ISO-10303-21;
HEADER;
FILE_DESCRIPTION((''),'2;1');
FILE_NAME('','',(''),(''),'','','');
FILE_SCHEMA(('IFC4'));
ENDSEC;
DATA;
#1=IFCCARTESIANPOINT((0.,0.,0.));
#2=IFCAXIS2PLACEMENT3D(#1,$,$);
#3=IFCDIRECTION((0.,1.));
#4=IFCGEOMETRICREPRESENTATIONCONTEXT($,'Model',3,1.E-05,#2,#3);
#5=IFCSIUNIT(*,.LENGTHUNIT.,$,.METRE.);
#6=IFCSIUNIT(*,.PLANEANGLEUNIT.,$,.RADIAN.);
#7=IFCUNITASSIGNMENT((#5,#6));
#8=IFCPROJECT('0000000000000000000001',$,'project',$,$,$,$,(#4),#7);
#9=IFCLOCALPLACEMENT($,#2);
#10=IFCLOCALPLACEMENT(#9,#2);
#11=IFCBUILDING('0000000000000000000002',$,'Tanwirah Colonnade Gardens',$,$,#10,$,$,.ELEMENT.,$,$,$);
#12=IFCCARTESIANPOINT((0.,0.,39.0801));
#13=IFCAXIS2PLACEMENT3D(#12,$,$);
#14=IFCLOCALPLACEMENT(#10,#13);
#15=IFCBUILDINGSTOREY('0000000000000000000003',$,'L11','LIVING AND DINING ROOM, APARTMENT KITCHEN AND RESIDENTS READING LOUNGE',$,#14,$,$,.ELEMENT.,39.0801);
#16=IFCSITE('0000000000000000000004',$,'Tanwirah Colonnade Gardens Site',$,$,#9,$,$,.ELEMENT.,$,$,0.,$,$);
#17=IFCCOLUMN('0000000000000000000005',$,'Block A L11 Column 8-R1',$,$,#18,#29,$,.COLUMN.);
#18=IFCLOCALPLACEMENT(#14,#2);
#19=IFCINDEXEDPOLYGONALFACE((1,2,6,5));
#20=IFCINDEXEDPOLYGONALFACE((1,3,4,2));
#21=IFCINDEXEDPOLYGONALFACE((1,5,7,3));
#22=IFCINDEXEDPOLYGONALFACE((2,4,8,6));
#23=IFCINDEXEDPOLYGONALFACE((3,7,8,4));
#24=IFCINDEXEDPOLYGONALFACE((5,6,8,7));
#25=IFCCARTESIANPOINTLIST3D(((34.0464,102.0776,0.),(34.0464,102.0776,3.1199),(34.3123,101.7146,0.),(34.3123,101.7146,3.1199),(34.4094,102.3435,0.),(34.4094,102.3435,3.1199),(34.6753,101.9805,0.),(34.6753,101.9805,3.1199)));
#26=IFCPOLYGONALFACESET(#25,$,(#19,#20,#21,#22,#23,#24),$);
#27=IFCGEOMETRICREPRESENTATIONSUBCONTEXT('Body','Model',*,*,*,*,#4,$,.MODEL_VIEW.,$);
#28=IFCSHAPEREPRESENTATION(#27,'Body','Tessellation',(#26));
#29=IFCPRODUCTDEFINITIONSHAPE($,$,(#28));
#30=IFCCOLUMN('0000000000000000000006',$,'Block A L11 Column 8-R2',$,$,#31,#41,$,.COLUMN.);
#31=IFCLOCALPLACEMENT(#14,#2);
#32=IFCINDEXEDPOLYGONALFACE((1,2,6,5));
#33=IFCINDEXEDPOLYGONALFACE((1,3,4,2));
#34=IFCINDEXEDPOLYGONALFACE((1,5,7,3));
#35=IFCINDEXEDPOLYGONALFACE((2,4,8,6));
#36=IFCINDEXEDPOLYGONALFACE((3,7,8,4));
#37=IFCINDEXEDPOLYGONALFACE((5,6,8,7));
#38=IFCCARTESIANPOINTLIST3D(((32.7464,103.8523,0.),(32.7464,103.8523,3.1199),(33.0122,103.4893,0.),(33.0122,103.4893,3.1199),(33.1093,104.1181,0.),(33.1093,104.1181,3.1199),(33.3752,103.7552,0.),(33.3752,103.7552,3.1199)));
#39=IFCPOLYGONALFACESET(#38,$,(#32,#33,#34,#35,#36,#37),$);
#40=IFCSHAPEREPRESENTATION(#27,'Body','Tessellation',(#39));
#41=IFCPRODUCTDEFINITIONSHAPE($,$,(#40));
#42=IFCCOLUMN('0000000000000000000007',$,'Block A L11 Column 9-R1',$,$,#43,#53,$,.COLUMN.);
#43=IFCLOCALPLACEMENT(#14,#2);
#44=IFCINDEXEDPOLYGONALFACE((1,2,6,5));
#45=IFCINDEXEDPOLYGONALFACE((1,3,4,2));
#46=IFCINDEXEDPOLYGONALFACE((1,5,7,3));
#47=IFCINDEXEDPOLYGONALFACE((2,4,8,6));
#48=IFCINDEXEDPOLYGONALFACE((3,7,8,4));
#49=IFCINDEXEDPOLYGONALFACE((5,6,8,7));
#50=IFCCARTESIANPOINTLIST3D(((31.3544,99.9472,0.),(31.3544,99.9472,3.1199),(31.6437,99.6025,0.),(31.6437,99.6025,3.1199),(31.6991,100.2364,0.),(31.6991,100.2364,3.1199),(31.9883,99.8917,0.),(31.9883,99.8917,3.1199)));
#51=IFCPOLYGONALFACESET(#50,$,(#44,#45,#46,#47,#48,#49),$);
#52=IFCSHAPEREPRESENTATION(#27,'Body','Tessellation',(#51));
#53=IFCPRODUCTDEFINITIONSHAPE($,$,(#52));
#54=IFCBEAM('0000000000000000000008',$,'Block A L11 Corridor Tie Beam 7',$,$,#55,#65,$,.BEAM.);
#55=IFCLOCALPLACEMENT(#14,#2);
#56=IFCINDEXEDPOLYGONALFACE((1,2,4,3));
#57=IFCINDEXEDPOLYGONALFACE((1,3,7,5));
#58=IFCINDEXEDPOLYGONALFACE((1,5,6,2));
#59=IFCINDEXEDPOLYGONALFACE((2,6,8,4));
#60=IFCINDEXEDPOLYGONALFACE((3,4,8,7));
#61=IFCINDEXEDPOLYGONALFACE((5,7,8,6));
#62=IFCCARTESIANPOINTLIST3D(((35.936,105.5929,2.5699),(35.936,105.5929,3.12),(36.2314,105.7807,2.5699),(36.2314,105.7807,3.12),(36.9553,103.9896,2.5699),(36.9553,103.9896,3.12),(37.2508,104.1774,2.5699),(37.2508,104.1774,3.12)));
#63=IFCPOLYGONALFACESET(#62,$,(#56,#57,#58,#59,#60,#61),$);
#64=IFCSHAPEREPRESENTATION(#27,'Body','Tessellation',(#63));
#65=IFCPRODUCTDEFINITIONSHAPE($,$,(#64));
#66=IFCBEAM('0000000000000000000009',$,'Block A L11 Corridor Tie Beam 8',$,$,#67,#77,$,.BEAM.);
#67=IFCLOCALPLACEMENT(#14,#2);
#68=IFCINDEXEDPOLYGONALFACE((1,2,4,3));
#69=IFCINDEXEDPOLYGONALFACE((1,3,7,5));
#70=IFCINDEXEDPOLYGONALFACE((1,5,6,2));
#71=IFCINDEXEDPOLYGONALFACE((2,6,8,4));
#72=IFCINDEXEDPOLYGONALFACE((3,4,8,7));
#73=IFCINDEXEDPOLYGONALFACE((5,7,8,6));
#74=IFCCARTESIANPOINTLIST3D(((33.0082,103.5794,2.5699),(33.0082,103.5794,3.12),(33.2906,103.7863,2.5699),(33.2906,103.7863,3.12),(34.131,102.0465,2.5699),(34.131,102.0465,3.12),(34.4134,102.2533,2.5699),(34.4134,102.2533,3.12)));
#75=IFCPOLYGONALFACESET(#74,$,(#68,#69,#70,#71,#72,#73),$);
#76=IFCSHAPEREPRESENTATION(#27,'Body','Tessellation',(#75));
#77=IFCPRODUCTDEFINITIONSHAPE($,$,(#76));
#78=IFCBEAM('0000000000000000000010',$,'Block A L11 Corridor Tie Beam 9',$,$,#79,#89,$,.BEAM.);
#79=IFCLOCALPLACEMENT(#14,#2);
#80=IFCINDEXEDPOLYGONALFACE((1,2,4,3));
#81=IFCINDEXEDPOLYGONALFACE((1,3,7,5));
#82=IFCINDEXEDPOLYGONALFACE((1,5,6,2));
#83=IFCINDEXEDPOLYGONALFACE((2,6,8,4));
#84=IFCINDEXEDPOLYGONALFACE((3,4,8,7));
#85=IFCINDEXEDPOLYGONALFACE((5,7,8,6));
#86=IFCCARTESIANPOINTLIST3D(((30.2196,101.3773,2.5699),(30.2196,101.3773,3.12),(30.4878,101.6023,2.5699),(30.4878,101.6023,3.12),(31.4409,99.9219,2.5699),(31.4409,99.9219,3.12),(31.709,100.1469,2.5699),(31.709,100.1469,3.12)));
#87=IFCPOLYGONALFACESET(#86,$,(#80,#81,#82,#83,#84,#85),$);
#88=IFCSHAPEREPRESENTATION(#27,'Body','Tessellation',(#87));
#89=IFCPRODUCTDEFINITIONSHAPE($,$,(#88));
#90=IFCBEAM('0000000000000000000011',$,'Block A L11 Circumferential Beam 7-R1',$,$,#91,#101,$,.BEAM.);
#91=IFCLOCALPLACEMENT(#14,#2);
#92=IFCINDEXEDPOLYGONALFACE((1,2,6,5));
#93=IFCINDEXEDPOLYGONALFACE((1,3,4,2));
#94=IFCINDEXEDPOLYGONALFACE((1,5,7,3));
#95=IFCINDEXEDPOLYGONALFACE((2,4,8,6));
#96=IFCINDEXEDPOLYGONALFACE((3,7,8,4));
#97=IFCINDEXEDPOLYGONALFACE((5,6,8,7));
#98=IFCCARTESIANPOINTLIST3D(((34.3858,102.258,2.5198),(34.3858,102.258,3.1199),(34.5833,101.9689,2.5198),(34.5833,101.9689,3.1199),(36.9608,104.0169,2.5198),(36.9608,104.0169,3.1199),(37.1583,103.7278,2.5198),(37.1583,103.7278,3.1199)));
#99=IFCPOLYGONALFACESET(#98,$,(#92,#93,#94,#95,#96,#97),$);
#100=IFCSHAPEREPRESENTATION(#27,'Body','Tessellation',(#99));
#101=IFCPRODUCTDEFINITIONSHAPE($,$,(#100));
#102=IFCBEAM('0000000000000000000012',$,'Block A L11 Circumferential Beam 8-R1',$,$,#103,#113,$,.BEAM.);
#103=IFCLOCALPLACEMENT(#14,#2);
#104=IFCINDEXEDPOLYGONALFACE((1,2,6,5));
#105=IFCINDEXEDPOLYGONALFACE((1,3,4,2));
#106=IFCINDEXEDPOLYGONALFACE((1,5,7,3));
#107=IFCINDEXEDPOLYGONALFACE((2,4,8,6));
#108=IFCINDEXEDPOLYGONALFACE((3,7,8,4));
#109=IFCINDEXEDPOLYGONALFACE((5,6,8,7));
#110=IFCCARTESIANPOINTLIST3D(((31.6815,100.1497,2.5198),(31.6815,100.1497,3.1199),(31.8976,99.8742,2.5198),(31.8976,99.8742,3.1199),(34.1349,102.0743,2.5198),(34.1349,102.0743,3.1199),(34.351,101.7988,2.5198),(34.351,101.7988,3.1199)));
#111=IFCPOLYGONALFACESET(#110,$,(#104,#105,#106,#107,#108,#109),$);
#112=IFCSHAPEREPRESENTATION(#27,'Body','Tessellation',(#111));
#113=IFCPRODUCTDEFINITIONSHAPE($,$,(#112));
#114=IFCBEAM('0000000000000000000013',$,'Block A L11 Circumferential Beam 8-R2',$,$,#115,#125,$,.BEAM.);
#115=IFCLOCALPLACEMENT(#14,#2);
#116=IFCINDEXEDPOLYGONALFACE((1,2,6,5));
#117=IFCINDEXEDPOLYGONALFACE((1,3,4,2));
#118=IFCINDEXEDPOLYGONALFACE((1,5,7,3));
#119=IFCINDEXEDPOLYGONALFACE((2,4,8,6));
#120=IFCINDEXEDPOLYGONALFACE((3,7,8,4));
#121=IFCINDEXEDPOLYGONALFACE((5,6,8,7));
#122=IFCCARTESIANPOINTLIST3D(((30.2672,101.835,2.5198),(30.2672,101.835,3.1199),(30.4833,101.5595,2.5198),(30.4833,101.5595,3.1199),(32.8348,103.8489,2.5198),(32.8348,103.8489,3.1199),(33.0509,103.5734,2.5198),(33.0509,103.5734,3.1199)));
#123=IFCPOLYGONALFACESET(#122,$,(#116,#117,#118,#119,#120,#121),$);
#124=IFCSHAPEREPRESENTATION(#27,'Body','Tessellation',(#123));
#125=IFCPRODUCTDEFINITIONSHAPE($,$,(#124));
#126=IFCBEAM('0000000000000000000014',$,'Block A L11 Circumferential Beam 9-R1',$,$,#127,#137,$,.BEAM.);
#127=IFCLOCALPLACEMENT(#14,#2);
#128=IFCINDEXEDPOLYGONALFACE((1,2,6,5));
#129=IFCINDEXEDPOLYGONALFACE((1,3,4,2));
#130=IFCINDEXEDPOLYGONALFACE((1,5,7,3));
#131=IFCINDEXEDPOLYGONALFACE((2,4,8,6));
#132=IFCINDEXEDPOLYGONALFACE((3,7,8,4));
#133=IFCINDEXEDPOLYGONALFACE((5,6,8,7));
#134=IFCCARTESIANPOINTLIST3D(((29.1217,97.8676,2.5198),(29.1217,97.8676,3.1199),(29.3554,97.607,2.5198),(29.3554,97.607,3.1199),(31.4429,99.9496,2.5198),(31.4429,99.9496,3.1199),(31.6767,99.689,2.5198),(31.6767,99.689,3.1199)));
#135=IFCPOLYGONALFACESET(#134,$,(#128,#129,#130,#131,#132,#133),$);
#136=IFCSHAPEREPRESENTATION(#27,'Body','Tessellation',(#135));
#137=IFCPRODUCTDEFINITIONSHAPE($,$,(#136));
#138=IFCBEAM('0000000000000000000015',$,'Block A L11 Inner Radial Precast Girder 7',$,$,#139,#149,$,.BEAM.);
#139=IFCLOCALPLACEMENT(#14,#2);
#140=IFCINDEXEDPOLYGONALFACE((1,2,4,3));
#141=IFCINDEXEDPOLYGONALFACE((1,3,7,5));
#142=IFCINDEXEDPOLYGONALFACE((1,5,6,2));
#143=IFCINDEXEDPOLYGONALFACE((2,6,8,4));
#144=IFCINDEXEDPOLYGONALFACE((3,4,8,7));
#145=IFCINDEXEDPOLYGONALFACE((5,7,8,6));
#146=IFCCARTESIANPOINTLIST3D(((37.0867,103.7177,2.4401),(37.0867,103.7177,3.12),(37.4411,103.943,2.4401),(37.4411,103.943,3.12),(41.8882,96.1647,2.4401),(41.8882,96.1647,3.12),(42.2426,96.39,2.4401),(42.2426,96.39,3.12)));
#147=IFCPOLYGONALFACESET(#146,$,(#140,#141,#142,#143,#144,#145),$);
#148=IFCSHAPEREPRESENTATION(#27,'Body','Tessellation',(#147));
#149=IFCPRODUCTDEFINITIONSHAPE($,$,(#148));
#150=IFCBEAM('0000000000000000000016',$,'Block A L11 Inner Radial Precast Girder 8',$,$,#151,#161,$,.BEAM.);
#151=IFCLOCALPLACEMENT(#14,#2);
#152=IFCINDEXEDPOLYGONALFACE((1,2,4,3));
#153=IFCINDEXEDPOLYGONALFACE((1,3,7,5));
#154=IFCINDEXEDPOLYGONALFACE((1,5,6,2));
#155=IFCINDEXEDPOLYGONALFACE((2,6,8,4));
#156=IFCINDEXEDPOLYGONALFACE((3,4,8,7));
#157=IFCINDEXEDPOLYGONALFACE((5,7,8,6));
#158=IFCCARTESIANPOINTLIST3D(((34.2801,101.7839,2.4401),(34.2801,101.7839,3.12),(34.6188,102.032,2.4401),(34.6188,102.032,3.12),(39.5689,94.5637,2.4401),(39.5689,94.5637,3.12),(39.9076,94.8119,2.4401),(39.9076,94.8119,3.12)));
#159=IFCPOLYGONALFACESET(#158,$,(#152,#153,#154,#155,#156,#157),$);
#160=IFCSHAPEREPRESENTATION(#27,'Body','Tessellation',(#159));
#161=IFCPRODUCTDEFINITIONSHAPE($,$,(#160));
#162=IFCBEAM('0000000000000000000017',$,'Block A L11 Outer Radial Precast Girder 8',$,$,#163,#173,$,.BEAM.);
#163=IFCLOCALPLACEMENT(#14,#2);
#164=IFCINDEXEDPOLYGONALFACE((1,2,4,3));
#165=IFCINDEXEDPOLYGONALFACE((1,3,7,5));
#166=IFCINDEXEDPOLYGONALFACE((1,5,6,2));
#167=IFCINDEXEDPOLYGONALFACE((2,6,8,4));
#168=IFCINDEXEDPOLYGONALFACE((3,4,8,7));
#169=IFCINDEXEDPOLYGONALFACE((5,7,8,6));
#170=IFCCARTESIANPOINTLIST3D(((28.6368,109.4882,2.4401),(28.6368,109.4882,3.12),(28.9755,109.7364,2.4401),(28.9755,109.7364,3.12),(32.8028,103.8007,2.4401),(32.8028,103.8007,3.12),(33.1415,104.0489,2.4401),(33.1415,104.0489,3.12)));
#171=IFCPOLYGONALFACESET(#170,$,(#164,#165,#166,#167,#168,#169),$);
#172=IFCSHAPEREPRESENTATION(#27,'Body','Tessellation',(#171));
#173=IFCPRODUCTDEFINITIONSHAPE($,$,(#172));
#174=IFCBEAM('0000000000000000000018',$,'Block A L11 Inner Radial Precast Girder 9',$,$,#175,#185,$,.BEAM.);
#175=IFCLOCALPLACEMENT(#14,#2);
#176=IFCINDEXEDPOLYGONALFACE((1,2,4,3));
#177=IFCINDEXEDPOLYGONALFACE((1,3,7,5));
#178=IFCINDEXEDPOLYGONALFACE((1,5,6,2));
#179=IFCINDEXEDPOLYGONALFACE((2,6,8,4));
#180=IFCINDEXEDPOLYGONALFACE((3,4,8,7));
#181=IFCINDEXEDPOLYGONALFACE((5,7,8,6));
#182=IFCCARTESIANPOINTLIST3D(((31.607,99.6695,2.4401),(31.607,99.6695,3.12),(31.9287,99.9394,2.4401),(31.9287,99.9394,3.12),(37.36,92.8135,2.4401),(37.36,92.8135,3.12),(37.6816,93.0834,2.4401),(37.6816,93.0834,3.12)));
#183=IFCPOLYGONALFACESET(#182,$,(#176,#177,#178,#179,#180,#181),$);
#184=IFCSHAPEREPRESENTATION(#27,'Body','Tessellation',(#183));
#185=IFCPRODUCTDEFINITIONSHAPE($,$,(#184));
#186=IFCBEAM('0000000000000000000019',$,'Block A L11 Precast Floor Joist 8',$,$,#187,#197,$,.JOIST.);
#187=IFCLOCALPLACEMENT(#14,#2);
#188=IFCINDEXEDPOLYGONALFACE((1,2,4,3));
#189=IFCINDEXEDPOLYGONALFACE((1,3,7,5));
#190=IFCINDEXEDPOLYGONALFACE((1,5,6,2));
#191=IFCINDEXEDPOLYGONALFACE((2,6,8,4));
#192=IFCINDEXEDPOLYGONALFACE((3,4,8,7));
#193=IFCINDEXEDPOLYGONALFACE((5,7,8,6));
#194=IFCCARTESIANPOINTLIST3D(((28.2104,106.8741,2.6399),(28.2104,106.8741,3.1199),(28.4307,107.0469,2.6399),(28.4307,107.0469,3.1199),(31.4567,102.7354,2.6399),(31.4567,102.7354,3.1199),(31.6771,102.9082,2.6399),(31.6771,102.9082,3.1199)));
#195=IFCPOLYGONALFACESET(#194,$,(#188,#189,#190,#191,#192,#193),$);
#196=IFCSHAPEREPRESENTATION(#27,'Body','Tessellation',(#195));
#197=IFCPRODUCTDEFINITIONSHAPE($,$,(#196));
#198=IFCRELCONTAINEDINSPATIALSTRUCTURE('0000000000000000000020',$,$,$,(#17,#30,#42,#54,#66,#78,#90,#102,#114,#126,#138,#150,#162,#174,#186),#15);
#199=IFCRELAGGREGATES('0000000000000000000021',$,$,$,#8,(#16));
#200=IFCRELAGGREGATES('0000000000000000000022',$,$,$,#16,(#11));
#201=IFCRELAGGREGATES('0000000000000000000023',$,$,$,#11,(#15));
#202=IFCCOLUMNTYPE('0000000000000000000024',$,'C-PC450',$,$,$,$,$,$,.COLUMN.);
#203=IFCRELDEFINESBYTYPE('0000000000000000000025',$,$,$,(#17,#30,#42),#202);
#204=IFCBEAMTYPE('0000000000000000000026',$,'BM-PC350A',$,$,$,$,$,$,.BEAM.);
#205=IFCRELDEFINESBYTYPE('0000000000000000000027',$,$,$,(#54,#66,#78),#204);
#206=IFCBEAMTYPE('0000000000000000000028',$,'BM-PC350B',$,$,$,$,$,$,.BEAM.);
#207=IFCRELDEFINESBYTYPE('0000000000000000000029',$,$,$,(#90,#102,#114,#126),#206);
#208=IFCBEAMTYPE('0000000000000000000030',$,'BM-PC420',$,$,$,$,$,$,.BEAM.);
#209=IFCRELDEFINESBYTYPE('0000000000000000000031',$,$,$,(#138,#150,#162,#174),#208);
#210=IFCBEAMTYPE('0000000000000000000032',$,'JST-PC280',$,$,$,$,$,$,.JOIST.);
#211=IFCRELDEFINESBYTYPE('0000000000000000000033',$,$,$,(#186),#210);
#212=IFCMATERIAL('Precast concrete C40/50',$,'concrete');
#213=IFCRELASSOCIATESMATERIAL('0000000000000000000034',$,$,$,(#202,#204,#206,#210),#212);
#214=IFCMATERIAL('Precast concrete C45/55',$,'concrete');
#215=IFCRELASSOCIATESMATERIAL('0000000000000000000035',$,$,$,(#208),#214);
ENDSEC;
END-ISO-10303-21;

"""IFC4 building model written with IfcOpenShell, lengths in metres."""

from ifc_helpers import new_model, si_unit, direction, frame, origin, origin_2d, place, context, subcontext, project, spatial, rectangle, extrude, material, material_profile, profile_set, type_object, element, save


model = new_model("IFC4")

# Units and contexts
model_context = context("Model", 3, precision=1e-05, world=origin(), true_north=direction((0.0, 1.0)))
body_context = subcontext(model_context, "Body", "Model", "MODEL_VIEW")
ifc_project = project(units=[si_unit("LENGTHUNIT", "METRE"), si_unit("PLANEANGLEUNIT", "RADIAN")], contexts=[model_context])

# Site, building, storey
site_placement = place(None, origin())
site = spatial("IfcSite", under=ifc_project, at=site_placement, Name="Tanwirah Colonnade Gardens Site", CompositionType="ELEMENT", RefElevation=0.0)
building_placement = place(site_placement, origin())
building = spatial("IfcBuilding", under=site, at=building_placement, Name="Tanwirah Colonnade Gardens", CompositionType="ELEMENT")
storey_placement = place(building_placement, frame((0.0, 0.0, 39.0801)))
storey = spatial("IfcBuildingStorey", under=building, at=storey_placement, Name="L11", Description="LIVING AND DINING ROOM, APARTMENT KITCHEN AND RESIDENTS READING LOUNGE", CompositionType="ELEMENT", Elevation=39.0801)

# Columns
ifc_material_1 = material(Name="Precast concrete C40/50", Category="concrete")
ifc_material_profile_1 = material_profile(ifc_material_1, rectangle(XDim=0.45, YDim=0.45, at=origin_2d()), Name="PC-COL 450x450")
ifc_profile_set_1 = profile_set([ifc_material_profile_1], Name="Precast concrete C40/50")
column_type = type_object("IfcColumnType", Name="C-PC450", PredefinedType="COLUMN", material=ifc_profile_set_1)
for number, where, z_axis, x_axis, name in (
    (1, (34.3608, 102.0291, 0.0), (0.0, 0.0, 1.0), (-0.590919, 0.806731, 0.0), "Block A L11 Column 8-R1"),
    (2, (33.0608, 103.8037, 0.0), (0.0, 0.0, 1.0), (-0.590919, 0.806731, 0.0), "Block A L11 Column 8-R2"),
    (3, (31.6714, 99.9194, 0.0), (0.0, 0.0, 1.0), (-0.642788, 0.766044, 0.0), "Block A L11 Column 9-R1"),
):
    element("IfcColumn", number, at=place(storey_placement, frame(where, z_axis=z_axis, x_axis=x_axis)), inside=storey, type_object=column_type, Name=name, PredefinedType="COLUMN", context=body_context, shape_type="SweptSolid", body=[
        extrude(rectangle(XDim=0.45, YDim=0.45, at=origin_2d()), origin(), (0.0, 0.0, 1.0), 3.1199),
    ])

# Beams
ifc_material_profile_2 = material_profile(ifc_material_1, rectangle(XDim=0.3501, YDim=0.55, at=origin_2d()), Name="PC-BM 350x550")
ifc_profile_set_2 = profile_set([ifc_material_profile_2], Name="Precast concrete C40/50")
beam_type_1 = type_object("IfcBeamType", Name="BM-PC350A", PredefinedType="BEAM", material=ifc_profile_set_2)
beam_1_placement = place(storey_placement, frame((37.103, 104.0835, 2.845), z_axis=(-0.53651, 0.843894, 0.0), x_axis=(-0.843894, -0.53651, 0.0)))
element("IfcBeam", 4, at=beam_1_placement, inside=storey, type_object=beam_type_1, Name="Block A L11 Corridor Tie Beam 7", PredefinedType="BEAM", context=body_context, shape_type="SweptSolid", body=[
    extrude(rectangle(XDim=0.3501, YDim=0.55, at=origin_2d()), origin(), (0.0, 0.0, 1.0), 1.8999),
])
beam_2_placement = place(storey_placement, frame((34.2722, 102.1499, 2.845), z_axis=(-0.590896, 0.806748, 0.0), x_axis=(-0.806748, -0.590896, 0.0)))
element("IfcBeam", 5, at=beam_2_placement, inside=storey, type_object=beam_type_1, Name="Block A L11 Corridor Tie Beam 8", PredefinedType="BEAM", context=body_context, shape_type="SweptSolid", body=[
    extrude(rectangle(XDim=0.3501, YDim=0.55, at=origin_2d()), origin(), (0.0, 0.0, 1.0), 1.9001),
])
beam_3_placement = place(storey_placement, frame((31.575, 100.0344, 2.845), z_axis=(-0.642797, 0.766036, 0.0), x_axis=(-0.766036, -0.642797, 0.0)))
element("IfcBeam", 6, at=beam_3_placement, inside=storey, type_object=beam_type_1, Name="Block A L11 Corridor Tie Beam 9", PredefinedType="BEAM", context=body_context, shape_type="SweptSolid", body=[
    extrude(rectangle(XDim=0.3501, YDim=0.55, at=origin_2d()), origin(), (0.0, 0.0, 1.0), 1.8999),
])
ifc_material_profile_3 = material_profile(ifc_material_1, rectangle(XDim=0.3501, YDim=0.6001, at=origin_2d()), Name="PC-BM 350x600")
ifc_profile_set_3 = profile_set([ifc_material_profile_3], Name="Precast concrete C40/50")
beam_type_2 = type_object("IfcBeamType", Name="BM-PC350B", PredefinedType="BEAM", material=ifc_profile_set_3)
beam_4_placement = place(storey_placement, frame((37.0596, 103.8723, 2.8198), z_axis=(-0.825758, -0.564024, 0.0), x_axis=(0.564024, -0.825758, 0.0)))
element("IfcBeam", 7, at=beam_4_placement, inside=storey, type_object=beam_type_2, Name="Block A L11 Circumferential Beam 7-R1", PredefinedType="BEAM", context=body_context, shape_type="SweptSolid", body=[
    extrude(rectangle(XDim=0.3501, YDim=0.6001, at=origin_2d()), origin(), (0.0, 0.0, 1.0), 3.1184),
])
beam_5_placement = place(storey_placement, frame((34.2429, 101.9365, 2.8198), z_axis=(-0.786799, -0.617209, 0.0), x_axis=(0.617209, -0.786799, 0.0)))
element("IfcBeam", 8, at=beam_5_placement, inside=storey, type_object=beam_type_2, Name="Block A L11 Circumferential Beam 8-R1", PredefinedType="BEAM", context=body_context, shape_type="SweptSolid", body=[
    extrude(rectangle(XDim=0.3501, YDim=0.6001, at=origin_2d()), origin(), (0.0, 0.0, 1.0), 3.1182),
])
beam_6_placement = place(storey_placement, frame((32.9429, 103.7112, 2.8198), z_axis=(-0.78684, -0.617157, 0.0), x_axis=(0.617157, -0.78684, 0.0)))
element("IfcBeam", 9, at=beam_6_placement, inside=storey, type_object=beam_type_2, Name="Block A L11 Circumferential Beam 8-R2", PredefinedType="BEAM", context=body_context, shape_type="SweptSolid", body=[
    extrude(rectangle(XDim=0.3501, YDim=0.6001, at=origin_2d()), origin(), (0.0, 0.0, 1.0), 3.2632),
])
beam_7_placement = place(storey_placement, frame((31.5598, 99.8193, 2.8198), z_axis=(-0.74443, -0.667701, 0.0), x_axis=(0.667701, -0.74443, 0.0)))
element("IfcBeam", 10, at=beam_7_placement, inside=storey, type_object=beam_type_2, Name="Block A L11 Circumferential Beam 9-R1", PredefinedType="BEAM", context=body_context, shape_type="SweptSolid", body=[
    extrude(rectangle(XDim=0.3501, YDim=0.6001, at=origin_2d()), origin(), (0.0, 0.0, 1.0), 3.1182),
])
ifc_material_2 = material(Name="Precast concrete C45/55", Category="concrete")
ifc_material_profile_4 = material_profile(ifc_material_2, rectangle(XDim=0.4199, YDim=0.6799, at=origin_2d()), Name="PC-BM 420x680")
ifc_profile_set_4 = profile_set([ifc_material_profile_4], Name="Precast concrete C45/55")
beam_type_3 = type_object("IfcBeamType", Name="BM-PC420", PredefinedType="BEAM", material=ifc_profile_set_4)
for number, where, z_axis, x_axis, name in (
    (11, (37.2639, 103.8303, 2.78), (0.536484, -0.843911, 0.0), (0.843911, 0.536484, 0.0), "Block A L11 Inner Radial Precast Girder 7"),
    (12, (34.4495, 101.908, 2.78), (0.590927, -0.806725, 0.0), (0.806725, 0.590927, 0.0), "Block A L11 Inner Radial Precast Girder 8"),
):
    element("IfcBeam", number, at=place(storey_placement, frame(where, z_axis=z_axis, x_axis=x_axis)), inside=storey, type_object=beam_type_3, Name=name, PredefinedType="BEAM", context=body_context, shape_type="SweptSolid", body=[
        extrude(rectangle(XDim=0.4199, YDim=0.6799, at=origin_2d()), origin(), (0.0, 0.0, 1.0), 8.95),
    ])
beam_8_placement = place(storey_placement, frame((32.9722, 103.9248, 2.78), z_axis=(-0.590919, 0.806731, 0.0), x_axis=(-0.806731, -0.590919, 0.0)))
element("IfcBeam", 13, at=beam_8_placement, inside=storey, type_object=beam_type_3, Name="Block A L11 Outer Radial Precast Girder 8", PredefinedType="BEAM", context=body_context, shape_type="SweptSolid", body=[
    extrude(rectangle(XDim=0.4199, YDim=0.6799, at=origin_2d()), origin(), (0.0, 0.0, 1.0), 7.05),
])
beam_9_placement = place(storey_placement, frame((31.7678, 99.8044, 2.78), z_axis=(0.642794, -0.766039, 0.0), x_axis=(0.766039, 0.642794, 0.0)))
element("IfcBeam", 14, at=beam_9_placement, inside=storey, type_object=beam_type_3, Name="Block A L11 Inner Radial Precast Girder 9", PredefinedType="BEAM", context=body_context, shape_type="SweptSolid", body=[
    extrude(rectangle(XDim=0.4199, YDim=0.6799, at=origin_2d()), origin(), (0.0, 0.0, 1.0), 8.95),
])
ifc_material_profile_5 = material_profile(ifc_material_1, rectangle(XDim=0.28, YDim=0.48, at=origin_2d()), Name="PC-JST 280x480")
ifc_profile_set_5 = profile_set([ifc_material_profile_5], Name="Precast concrete C40/50")
beam_type_4 = type_object("IfcBeamType", Name="JST-PC280", PredefinedType="JOIST", material=ifc_profile_set_5)
beam_10_placement = place(storey_placement, frame((31.5669, 102.8218, 2.8799), z_axis=(-0.617178, 0.786824, 0.0), x_axis=(-0.786824, -0.617178, 0.0)))
element("IfcBeam", 15, at=beam_10_placement, inside=storey, type_object=beam_type_4, Name="Block A L11 Precast Floor Joist 8", PredefinedType="JOIST", context=body_context, shape_type="SweptSolid", body=[
    extrude(rectangle(XDim=0.28, YDim=0.48, at=origin_2d()), origin(), (0.0, 0.0, 1.0), 5.26),
])

save(model, "model.ifc")
